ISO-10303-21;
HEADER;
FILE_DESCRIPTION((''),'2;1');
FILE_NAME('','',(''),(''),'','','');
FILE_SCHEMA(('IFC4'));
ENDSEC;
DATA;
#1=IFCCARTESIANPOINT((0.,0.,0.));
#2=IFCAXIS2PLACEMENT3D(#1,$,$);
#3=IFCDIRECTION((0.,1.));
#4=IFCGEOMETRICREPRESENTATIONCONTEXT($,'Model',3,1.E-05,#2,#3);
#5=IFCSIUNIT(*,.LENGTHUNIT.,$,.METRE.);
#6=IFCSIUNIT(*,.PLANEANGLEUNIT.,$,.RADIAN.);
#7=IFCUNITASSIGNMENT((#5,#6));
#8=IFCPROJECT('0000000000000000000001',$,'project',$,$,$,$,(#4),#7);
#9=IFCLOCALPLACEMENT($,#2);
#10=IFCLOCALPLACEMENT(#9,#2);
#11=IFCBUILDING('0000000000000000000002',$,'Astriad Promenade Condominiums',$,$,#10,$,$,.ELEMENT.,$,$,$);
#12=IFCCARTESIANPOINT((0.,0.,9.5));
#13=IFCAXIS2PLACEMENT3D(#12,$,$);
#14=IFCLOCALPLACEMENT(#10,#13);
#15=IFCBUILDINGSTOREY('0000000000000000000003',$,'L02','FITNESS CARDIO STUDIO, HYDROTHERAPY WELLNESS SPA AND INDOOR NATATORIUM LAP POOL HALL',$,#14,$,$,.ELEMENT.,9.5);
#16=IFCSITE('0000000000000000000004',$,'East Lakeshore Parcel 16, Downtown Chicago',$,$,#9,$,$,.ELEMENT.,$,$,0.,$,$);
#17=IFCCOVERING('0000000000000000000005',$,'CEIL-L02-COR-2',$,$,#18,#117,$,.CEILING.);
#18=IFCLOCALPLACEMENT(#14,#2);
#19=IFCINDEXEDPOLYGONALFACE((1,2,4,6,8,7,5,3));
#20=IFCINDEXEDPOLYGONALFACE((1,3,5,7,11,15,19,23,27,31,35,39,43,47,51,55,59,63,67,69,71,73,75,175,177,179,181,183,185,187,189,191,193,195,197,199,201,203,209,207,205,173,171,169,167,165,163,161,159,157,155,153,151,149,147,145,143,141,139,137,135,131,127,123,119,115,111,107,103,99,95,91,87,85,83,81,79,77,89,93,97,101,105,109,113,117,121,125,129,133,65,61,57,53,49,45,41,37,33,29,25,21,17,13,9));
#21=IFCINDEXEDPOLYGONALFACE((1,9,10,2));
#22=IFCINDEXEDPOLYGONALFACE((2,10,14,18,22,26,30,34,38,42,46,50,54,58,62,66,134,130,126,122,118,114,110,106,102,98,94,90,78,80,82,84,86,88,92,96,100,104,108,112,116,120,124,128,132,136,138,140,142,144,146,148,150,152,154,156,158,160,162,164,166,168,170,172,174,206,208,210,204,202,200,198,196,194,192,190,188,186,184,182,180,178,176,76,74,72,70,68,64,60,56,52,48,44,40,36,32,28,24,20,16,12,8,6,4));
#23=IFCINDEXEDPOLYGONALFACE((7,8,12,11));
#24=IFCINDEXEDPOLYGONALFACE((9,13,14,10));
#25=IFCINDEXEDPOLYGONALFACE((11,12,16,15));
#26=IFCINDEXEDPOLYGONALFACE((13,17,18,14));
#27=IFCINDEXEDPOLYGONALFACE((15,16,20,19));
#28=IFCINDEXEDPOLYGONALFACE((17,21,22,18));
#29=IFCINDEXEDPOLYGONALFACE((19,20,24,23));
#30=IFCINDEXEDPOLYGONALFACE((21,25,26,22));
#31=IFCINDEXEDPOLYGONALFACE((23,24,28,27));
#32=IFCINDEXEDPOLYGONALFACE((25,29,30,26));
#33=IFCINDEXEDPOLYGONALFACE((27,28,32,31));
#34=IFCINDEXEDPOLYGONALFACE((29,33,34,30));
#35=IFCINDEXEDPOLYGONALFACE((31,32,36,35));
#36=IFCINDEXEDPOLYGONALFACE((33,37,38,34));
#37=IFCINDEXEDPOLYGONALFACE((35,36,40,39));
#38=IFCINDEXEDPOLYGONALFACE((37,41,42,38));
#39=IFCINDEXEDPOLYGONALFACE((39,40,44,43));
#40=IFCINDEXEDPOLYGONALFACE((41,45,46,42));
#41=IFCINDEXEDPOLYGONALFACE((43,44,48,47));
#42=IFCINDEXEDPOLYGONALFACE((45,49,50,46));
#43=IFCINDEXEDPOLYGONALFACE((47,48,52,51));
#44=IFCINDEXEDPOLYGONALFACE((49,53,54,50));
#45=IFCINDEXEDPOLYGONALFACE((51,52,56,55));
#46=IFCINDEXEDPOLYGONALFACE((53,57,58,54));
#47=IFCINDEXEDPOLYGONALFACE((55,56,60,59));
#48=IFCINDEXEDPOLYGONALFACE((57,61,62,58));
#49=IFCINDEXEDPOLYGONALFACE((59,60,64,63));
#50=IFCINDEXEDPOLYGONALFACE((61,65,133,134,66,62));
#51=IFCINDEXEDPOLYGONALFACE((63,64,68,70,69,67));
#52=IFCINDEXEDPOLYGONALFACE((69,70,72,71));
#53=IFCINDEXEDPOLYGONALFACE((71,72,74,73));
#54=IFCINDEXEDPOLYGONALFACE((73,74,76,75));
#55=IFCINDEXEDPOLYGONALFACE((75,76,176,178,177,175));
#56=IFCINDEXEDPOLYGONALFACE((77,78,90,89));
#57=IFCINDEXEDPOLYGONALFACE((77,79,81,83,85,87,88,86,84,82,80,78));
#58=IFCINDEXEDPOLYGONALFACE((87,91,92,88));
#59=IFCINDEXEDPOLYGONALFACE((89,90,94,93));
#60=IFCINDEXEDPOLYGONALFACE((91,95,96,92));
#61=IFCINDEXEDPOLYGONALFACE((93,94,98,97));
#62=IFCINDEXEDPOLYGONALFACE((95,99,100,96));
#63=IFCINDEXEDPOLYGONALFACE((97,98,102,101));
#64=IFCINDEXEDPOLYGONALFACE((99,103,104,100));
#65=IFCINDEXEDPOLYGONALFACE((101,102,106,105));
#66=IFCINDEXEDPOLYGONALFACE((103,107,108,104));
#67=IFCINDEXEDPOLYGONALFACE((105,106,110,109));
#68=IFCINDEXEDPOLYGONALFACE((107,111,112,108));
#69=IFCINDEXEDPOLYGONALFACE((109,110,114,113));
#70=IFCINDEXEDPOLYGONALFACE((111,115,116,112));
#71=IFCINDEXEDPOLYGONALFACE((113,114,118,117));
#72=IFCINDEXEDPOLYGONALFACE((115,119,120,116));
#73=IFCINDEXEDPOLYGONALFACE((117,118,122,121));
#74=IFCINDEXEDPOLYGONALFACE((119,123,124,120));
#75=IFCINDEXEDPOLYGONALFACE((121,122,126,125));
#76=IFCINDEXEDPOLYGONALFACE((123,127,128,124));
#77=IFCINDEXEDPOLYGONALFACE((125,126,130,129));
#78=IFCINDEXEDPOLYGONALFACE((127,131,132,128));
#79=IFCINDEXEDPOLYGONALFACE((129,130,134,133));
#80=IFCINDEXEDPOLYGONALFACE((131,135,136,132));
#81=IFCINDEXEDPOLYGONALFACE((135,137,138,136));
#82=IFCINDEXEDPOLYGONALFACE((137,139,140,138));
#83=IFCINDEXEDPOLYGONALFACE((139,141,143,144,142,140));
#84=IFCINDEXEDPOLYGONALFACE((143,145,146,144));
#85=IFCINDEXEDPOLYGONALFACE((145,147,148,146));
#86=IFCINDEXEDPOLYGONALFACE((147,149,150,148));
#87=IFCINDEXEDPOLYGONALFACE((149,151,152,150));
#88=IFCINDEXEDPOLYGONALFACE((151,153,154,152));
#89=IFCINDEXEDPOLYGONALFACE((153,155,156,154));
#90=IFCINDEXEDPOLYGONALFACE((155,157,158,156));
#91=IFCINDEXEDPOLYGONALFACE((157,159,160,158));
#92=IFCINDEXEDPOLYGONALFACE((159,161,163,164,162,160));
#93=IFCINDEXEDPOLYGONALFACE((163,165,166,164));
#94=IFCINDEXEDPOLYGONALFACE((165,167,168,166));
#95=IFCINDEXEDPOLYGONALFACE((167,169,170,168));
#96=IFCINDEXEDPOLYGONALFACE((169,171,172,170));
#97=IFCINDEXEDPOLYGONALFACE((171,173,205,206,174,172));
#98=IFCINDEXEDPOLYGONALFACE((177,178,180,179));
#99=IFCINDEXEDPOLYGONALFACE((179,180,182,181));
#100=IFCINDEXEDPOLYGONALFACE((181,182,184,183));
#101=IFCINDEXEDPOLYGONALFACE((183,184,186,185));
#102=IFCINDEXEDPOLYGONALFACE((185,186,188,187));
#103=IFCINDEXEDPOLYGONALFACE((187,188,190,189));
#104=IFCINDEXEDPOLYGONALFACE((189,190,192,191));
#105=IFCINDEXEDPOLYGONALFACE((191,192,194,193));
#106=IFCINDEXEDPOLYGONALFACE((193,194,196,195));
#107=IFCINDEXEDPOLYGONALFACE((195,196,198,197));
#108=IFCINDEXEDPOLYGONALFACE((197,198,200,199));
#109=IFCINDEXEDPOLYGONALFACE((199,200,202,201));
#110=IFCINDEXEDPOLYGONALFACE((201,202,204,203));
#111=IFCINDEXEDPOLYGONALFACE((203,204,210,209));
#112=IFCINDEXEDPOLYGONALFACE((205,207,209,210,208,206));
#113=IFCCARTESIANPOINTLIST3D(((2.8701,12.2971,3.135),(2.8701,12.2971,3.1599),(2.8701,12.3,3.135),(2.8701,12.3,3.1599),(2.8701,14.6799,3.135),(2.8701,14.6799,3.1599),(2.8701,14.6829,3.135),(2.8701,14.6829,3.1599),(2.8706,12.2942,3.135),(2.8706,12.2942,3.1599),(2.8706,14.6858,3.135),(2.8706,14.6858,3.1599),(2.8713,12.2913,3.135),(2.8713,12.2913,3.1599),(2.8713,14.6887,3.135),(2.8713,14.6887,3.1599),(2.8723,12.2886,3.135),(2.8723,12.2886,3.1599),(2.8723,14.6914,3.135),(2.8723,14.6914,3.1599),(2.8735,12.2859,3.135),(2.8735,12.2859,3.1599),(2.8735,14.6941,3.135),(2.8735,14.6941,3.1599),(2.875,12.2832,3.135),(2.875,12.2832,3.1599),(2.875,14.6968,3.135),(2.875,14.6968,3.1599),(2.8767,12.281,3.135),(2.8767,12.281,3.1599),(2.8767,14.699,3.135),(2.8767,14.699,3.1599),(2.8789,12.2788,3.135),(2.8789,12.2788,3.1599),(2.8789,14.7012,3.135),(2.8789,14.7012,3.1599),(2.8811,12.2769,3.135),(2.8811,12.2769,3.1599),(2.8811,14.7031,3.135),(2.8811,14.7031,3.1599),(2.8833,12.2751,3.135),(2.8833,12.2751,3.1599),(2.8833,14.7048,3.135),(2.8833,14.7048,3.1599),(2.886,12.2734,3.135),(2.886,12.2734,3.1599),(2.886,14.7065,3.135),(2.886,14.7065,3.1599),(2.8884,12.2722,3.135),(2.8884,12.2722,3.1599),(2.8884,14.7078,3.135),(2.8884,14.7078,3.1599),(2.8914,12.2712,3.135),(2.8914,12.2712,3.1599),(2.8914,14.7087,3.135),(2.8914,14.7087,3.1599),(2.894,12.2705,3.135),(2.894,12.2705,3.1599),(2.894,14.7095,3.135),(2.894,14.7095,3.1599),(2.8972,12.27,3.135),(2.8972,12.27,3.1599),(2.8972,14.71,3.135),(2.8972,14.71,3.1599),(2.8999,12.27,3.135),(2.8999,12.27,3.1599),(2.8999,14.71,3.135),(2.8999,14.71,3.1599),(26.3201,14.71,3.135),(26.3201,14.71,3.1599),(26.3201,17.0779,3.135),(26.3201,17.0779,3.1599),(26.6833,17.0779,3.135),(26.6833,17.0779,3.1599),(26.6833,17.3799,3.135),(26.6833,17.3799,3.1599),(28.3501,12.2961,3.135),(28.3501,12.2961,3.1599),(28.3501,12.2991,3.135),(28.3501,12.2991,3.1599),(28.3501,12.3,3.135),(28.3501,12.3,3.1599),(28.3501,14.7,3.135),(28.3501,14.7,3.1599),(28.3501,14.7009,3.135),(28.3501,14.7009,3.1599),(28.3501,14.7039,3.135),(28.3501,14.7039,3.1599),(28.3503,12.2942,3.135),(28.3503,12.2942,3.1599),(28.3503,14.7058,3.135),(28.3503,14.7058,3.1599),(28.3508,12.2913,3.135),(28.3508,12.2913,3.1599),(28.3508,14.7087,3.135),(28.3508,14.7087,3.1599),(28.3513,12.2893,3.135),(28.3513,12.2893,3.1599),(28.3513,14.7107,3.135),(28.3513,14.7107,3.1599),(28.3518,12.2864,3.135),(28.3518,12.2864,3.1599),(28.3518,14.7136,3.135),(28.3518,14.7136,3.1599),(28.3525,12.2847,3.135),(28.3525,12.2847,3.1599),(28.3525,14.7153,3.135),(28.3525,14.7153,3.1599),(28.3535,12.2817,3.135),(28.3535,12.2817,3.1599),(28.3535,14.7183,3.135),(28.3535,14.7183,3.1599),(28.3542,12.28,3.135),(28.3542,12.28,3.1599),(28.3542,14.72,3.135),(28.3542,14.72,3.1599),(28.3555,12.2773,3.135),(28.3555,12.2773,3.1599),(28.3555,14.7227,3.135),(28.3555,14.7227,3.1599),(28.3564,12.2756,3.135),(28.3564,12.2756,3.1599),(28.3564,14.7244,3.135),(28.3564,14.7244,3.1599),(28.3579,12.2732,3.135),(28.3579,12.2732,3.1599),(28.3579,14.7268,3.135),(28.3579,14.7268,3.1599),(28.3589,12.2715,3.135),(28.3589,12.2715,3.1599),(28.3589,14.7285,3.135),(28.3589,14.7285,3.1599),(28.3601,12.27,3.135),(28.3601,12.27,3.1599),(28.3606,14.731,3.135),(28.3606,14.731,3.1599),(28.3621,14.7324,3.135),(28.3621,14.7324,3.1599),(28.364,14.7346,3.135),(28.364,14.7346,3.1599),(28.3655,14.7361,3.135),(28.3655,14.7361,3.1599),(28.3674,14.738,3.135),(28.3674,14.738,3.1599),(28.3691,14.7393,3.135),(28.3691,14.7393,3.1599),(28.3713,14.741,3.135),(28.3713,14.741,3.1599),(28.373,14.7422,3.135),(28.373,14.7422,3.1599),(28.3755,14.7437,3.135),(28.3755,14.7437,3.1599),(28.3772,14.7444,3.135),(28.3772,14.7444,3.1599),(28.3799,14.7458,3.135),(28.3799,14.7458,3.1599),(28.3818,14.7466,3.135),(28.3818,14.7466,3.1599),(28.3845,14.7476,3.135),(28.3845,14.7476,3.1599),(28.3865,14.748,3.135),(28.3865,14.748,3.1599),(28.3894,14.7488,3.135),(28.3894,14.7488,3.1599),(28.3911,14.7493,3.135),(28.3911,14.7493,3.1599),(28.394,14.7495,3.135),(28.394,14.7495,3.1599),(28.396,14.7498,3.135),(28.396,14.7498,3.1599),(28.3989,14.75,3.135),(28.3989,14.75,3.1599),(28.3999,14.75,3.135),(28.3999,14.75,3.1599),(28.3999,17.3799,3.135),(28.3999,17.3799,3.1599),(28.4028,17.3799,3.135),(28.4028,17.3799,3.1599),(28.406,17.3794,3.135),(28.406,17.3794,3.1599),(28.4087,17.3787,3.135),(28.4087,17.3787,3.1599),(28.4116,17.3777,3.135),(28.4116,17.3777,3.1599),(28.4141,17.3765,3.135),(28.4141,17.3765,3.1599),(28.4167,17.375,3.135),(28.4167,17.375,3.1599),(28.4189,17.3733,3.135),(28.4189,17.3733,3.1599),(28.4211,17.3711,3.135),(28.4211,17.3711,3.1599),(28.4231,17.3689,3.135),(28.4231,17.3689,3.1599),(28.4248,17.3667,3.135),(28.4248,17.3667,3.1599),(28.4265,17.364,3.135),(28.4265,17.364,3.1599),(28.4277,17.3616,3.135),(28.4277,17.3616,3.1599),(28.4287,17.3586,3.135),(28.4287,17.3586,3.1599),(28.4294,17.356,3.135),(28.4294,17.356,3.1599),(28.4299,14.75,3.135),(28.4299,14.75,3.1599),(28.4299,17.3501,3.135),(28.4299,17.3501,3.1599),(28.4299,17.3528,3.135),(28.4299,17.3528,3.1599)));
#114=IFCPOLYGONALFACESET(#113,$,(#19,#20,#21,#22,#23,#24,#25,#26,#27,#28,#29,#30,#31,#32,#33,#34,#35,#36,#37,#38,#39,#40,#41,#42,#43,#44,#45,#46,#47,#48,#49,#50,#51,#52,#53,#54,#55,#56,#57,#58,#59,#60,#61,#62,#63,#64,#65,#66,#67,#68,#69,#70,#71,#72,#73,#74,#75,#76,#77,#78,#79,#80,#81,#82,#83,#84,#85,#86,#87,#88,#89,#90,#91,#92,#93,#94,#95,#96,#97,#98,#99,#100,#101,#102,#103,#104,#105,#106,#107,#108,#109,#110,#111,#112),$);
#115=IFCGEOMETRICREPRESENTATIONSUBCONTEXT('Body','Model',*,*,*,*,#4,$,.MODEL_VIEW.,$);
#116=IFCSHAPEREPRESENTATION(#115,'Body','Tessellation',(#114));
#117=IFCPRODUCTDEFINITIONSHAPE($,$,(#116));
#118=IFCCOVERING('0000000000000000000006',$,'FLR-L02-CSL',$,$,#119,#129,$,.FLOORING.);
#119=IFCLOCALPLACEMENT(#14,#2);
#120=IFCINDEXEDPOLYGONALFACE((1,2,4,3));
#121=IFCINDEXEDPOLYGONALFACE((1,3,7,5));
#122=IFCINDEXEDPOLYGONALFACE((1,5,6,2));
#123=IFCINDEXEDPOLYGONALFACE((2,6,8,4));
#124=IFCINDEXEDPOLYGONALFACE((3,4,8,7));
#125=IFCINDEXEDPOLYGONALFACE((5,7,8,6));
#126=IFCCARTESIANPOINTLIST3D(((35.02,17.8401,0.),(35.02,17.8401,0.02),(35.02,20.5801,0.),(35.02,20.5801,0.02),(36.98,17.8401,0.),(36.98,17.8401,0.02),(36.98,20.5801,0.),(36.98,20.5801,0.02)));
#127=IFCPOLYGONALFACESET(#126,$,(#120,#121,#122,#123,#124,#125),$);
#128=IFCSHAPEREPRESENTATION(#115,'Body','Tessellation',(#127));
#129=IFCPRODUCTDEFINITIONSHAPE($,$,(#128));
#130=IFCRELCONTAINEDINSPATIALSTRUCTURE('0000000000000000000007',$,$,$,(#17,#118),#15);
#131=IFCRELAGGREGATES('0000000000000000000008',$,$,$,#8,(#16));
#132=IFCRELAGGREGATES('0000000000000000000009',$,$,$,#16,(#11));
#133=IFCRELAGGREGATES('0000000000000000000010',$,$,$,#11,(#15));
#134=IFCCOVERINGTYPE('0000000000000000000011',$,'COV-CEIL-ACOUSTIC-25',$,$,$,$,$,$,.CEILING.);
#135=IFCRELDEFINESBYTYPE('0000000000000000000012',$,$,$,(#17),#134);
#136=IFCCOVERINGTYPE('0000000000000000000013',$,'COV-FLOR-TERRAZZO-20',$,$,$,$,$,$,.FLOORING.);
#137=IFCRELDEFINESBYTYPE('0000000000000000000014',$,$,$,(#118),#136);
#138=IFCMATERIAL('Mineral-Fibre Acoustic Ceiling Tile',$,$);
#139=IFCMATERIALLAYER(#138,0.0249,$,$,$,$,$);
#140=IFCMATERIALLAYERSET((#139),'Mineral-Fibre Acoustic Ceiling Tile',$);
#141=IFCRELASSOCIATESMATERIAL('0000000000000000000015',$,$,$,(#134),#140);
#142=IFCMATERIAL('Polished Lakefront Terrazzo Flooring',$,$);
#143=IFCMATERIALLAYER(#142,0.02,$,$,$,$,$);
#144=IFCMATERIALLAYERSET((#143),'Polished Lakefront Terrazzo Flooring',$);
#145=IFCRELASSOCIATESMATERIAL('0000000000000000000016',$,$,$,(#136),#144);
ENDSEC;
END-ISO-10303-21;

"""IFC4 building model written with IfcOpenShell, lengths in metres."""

from ifc_helpers import new_model, si_unit, direction, frame, origin, place, context, subcontext, project, spatial, polyline, outline, extrude, material, layer, layer_set, type_object, element, save


model = new_model("IFC4")

# Units and contexts
model_context = context("Model", 3, precision=1e-05, world=origin(), true_north=direction((0.0, 1.0)))
body_context = subcontext(model_context, "Body", "Model", "MODEL_VIEW")
ifc_project = project(units=[si_unit("LENGTHUNIT", "METRE"), si_unit("PLANEANGLEUNIT", "RADIAN")], contexts=[model_context])

# Site, building, storey
site_placement = place(None, origin())
site = spatial("IfcSite", under=ifc_project, at=site_placement, Name="East Lakeshore Parcel 16, Downtown Chicago", CompositionType="ELEMENT", RefElevation=0.0)
building_placement = place(site_placement, origin())
building = spatial("IfcBuilding", under=site, at=building_placement, Name="Astriad Promenade Condominiums", CompositionType="ELEMENT")
storey_placement = place(building_placement, frame((0.0, 0.0, 9.5)))
storey = spatial("IfcBuildingStorey", under=building, at=storey_placement, Name="L02", Description="FITNESS CARDIO STUDIO, HYDROTHERAPY WELLNESS SPA AND INDOOR NATATORIUM LAP POOL HALL", CompositionType="ELEMENT", Elevation=9.5)

# Coverings
ifc_material_1 = material(Name="Mineral-Fibre Acoustic Ceiling Tile")
ifc_layer_1 = layer(ifc_material_1, 0.0249)
ifc_layer_set_1 = layer_set([ifc_layer_1], Name="Mineral-Fibre Acoustic Ceiling Tile")
covering_type_1 = type_object("IfcCoveringType", Name="COV-CEIL-ACOUSTIC-25", PredefinedType="CEILING", material=ifc_layer_set_1)
covering_1_placement = place(storey_placement, frame((0.0, 0.0, 3.135)))
element("IfcCovering", 1, at=covering_1_placement, inside=storey, type_object=covering_type_1, Name="CEIL-L02-COR-2", PredefinedType="CEILING", context=body_context, shape_type="SweptSolid", body=[
    extrude(outline(polyline([(2.894, 12.2705), (2.8914, 12.2712), (2.8884, 12.2722), (2.886, 12.2734), (2.8833, 12.2751), (2.8811, 12.2769), (2.8789, 12.2788), (2.8767, 12.281), (2.875, 12.2832), (2.8735, 12.2859), (2.8723, 12.2886), (2.8713, 12.2913), (2.8706, 12.2942), (2.8701, 12.2971), (2.8701, 12.3), (2.8701, 14.6799), (2.8701, 14.6829), (2.8706, 14.6858), (2.8713, 14.6887), (2.8723, 14.6914), (2.8735, 14.6941), (2.875, 14.6968), (2.8767, 14.699), (2.8789, 14.7012), (2.8811, 14.7031), (2.8833, 14.7048), (2.886, 14.7065), (2.8884, 14.7078), (2.8914, 14.7087), (2.894, 14.7095), (2.8972, 14.71), (2.8999, 14.71), (26.3201, 14.71), (26.3201, 17.0779), (26.6833, 17.0779), (26.6833, 17.3799), (28.3999, 17.3799), (28.4028, 17.3799), (28.406, 17.3794), (28.4087, 17.3787), (28.4116, 17.3777), (28.4141, 17.3765), (28.4167, 17.375), (28.4189, 17.3733), (28.4211, 17.3711), (28.4231, 17.3689), (28.4248, 17.3667), (28.4265, 17.364), (28.4277, 17.3616), (28.4287, 17.3586), (28.4294, 17.356), (28.4299, 17.3528), (28.4299, 17.3501), (28.4299, 14.75), (28.3999, 14.75), (28.3989, 14.75), (28.396, 14.7498), (28.394, 14.7495), (28.3911, 14.7493), (28.3894, 14.7488), (28.3865, 14.748), (28.3845, 14.7476), (28.3818, 14.7466), (28.3799, 14.7458), (28.3772, 14.7444), (28.3755, 14.7437), (28.373, 14.7422), (28.3713, 14.741), (28.3691, 14.7393), (28.3674, 14.738), (28.3655, 14.7361), (28.364, 14.7346), (28.3621, 14.7324), (28.3606, 14.731), (28.3589, 14.7285), (28.3579, 14.7268), (28.3564, 14.7244), (28.3555, 14.7227), (28.3542, 14.72), (28.3535, 14.7183), (28.3525, 14.7153), (28.3518, 14.7136), (28.3513, 14.7107), (28.3508, 14.7087), (28.3503, 14.7058), (28.3501, 14.7039), (28.3501, 14.7009), (28.3501, 14.7), (28.3501, 12.3), (28.3501, 12.2991), (28.3501, 12.2961), (28.3503, 12.2942), (28.3508, 12.2913), (28.3513, 12.2893), (28.3518, 12.2864), (28.3525, 12.2847), (28.3535, 12.2817), (28.3542, 12.28), (28.3555, 12.2773), (28.3564, 12.2756), (28.3579, 12.2732), (28.3589, 12.2715), (28.3601, 12.27), (2.8999, 12.27), (2.8972, 12.27), (2.894, 12.2705)])), origin(), (0.0, 0.0, 1.0), 0.0249),
])
ifc_material_2 = material(Name="Polished Lakefront Terrazzo Flooring")
ifc_layer_2 = layer(ifc_material_2, 0.02)
ifc_layer_set_2 = layer_set([ifc_layer_2], Name="Polished Lakefront Terrazzo Flooring")
covering_type_2 = type_object("IfcCoveringType", Name="COV-FLOR-TERRAZZO-20", PredefinedType="FLOORING", material=ifc_layer_set_2)
covering_2_placement = place(storey_placement, origin())
element("IfcCovering", 2, at=covering_2_placement, inside=storey, type_object=covering_type_2, Name="FLR-L02-CSL", PredefinedType="FLOORING", context=body_context, shape_type="SweptSolid", body=[
    extrude(outline(polyline([(36.98, 17.8401), (35.02, 17.8401), (35.02, 20.5801), (36.98, 20.5801), (36.98, 17.8401)])), origin(), (0.0, 0.0, 1.0), 0.02),
])

save(model, "model.ifc")
